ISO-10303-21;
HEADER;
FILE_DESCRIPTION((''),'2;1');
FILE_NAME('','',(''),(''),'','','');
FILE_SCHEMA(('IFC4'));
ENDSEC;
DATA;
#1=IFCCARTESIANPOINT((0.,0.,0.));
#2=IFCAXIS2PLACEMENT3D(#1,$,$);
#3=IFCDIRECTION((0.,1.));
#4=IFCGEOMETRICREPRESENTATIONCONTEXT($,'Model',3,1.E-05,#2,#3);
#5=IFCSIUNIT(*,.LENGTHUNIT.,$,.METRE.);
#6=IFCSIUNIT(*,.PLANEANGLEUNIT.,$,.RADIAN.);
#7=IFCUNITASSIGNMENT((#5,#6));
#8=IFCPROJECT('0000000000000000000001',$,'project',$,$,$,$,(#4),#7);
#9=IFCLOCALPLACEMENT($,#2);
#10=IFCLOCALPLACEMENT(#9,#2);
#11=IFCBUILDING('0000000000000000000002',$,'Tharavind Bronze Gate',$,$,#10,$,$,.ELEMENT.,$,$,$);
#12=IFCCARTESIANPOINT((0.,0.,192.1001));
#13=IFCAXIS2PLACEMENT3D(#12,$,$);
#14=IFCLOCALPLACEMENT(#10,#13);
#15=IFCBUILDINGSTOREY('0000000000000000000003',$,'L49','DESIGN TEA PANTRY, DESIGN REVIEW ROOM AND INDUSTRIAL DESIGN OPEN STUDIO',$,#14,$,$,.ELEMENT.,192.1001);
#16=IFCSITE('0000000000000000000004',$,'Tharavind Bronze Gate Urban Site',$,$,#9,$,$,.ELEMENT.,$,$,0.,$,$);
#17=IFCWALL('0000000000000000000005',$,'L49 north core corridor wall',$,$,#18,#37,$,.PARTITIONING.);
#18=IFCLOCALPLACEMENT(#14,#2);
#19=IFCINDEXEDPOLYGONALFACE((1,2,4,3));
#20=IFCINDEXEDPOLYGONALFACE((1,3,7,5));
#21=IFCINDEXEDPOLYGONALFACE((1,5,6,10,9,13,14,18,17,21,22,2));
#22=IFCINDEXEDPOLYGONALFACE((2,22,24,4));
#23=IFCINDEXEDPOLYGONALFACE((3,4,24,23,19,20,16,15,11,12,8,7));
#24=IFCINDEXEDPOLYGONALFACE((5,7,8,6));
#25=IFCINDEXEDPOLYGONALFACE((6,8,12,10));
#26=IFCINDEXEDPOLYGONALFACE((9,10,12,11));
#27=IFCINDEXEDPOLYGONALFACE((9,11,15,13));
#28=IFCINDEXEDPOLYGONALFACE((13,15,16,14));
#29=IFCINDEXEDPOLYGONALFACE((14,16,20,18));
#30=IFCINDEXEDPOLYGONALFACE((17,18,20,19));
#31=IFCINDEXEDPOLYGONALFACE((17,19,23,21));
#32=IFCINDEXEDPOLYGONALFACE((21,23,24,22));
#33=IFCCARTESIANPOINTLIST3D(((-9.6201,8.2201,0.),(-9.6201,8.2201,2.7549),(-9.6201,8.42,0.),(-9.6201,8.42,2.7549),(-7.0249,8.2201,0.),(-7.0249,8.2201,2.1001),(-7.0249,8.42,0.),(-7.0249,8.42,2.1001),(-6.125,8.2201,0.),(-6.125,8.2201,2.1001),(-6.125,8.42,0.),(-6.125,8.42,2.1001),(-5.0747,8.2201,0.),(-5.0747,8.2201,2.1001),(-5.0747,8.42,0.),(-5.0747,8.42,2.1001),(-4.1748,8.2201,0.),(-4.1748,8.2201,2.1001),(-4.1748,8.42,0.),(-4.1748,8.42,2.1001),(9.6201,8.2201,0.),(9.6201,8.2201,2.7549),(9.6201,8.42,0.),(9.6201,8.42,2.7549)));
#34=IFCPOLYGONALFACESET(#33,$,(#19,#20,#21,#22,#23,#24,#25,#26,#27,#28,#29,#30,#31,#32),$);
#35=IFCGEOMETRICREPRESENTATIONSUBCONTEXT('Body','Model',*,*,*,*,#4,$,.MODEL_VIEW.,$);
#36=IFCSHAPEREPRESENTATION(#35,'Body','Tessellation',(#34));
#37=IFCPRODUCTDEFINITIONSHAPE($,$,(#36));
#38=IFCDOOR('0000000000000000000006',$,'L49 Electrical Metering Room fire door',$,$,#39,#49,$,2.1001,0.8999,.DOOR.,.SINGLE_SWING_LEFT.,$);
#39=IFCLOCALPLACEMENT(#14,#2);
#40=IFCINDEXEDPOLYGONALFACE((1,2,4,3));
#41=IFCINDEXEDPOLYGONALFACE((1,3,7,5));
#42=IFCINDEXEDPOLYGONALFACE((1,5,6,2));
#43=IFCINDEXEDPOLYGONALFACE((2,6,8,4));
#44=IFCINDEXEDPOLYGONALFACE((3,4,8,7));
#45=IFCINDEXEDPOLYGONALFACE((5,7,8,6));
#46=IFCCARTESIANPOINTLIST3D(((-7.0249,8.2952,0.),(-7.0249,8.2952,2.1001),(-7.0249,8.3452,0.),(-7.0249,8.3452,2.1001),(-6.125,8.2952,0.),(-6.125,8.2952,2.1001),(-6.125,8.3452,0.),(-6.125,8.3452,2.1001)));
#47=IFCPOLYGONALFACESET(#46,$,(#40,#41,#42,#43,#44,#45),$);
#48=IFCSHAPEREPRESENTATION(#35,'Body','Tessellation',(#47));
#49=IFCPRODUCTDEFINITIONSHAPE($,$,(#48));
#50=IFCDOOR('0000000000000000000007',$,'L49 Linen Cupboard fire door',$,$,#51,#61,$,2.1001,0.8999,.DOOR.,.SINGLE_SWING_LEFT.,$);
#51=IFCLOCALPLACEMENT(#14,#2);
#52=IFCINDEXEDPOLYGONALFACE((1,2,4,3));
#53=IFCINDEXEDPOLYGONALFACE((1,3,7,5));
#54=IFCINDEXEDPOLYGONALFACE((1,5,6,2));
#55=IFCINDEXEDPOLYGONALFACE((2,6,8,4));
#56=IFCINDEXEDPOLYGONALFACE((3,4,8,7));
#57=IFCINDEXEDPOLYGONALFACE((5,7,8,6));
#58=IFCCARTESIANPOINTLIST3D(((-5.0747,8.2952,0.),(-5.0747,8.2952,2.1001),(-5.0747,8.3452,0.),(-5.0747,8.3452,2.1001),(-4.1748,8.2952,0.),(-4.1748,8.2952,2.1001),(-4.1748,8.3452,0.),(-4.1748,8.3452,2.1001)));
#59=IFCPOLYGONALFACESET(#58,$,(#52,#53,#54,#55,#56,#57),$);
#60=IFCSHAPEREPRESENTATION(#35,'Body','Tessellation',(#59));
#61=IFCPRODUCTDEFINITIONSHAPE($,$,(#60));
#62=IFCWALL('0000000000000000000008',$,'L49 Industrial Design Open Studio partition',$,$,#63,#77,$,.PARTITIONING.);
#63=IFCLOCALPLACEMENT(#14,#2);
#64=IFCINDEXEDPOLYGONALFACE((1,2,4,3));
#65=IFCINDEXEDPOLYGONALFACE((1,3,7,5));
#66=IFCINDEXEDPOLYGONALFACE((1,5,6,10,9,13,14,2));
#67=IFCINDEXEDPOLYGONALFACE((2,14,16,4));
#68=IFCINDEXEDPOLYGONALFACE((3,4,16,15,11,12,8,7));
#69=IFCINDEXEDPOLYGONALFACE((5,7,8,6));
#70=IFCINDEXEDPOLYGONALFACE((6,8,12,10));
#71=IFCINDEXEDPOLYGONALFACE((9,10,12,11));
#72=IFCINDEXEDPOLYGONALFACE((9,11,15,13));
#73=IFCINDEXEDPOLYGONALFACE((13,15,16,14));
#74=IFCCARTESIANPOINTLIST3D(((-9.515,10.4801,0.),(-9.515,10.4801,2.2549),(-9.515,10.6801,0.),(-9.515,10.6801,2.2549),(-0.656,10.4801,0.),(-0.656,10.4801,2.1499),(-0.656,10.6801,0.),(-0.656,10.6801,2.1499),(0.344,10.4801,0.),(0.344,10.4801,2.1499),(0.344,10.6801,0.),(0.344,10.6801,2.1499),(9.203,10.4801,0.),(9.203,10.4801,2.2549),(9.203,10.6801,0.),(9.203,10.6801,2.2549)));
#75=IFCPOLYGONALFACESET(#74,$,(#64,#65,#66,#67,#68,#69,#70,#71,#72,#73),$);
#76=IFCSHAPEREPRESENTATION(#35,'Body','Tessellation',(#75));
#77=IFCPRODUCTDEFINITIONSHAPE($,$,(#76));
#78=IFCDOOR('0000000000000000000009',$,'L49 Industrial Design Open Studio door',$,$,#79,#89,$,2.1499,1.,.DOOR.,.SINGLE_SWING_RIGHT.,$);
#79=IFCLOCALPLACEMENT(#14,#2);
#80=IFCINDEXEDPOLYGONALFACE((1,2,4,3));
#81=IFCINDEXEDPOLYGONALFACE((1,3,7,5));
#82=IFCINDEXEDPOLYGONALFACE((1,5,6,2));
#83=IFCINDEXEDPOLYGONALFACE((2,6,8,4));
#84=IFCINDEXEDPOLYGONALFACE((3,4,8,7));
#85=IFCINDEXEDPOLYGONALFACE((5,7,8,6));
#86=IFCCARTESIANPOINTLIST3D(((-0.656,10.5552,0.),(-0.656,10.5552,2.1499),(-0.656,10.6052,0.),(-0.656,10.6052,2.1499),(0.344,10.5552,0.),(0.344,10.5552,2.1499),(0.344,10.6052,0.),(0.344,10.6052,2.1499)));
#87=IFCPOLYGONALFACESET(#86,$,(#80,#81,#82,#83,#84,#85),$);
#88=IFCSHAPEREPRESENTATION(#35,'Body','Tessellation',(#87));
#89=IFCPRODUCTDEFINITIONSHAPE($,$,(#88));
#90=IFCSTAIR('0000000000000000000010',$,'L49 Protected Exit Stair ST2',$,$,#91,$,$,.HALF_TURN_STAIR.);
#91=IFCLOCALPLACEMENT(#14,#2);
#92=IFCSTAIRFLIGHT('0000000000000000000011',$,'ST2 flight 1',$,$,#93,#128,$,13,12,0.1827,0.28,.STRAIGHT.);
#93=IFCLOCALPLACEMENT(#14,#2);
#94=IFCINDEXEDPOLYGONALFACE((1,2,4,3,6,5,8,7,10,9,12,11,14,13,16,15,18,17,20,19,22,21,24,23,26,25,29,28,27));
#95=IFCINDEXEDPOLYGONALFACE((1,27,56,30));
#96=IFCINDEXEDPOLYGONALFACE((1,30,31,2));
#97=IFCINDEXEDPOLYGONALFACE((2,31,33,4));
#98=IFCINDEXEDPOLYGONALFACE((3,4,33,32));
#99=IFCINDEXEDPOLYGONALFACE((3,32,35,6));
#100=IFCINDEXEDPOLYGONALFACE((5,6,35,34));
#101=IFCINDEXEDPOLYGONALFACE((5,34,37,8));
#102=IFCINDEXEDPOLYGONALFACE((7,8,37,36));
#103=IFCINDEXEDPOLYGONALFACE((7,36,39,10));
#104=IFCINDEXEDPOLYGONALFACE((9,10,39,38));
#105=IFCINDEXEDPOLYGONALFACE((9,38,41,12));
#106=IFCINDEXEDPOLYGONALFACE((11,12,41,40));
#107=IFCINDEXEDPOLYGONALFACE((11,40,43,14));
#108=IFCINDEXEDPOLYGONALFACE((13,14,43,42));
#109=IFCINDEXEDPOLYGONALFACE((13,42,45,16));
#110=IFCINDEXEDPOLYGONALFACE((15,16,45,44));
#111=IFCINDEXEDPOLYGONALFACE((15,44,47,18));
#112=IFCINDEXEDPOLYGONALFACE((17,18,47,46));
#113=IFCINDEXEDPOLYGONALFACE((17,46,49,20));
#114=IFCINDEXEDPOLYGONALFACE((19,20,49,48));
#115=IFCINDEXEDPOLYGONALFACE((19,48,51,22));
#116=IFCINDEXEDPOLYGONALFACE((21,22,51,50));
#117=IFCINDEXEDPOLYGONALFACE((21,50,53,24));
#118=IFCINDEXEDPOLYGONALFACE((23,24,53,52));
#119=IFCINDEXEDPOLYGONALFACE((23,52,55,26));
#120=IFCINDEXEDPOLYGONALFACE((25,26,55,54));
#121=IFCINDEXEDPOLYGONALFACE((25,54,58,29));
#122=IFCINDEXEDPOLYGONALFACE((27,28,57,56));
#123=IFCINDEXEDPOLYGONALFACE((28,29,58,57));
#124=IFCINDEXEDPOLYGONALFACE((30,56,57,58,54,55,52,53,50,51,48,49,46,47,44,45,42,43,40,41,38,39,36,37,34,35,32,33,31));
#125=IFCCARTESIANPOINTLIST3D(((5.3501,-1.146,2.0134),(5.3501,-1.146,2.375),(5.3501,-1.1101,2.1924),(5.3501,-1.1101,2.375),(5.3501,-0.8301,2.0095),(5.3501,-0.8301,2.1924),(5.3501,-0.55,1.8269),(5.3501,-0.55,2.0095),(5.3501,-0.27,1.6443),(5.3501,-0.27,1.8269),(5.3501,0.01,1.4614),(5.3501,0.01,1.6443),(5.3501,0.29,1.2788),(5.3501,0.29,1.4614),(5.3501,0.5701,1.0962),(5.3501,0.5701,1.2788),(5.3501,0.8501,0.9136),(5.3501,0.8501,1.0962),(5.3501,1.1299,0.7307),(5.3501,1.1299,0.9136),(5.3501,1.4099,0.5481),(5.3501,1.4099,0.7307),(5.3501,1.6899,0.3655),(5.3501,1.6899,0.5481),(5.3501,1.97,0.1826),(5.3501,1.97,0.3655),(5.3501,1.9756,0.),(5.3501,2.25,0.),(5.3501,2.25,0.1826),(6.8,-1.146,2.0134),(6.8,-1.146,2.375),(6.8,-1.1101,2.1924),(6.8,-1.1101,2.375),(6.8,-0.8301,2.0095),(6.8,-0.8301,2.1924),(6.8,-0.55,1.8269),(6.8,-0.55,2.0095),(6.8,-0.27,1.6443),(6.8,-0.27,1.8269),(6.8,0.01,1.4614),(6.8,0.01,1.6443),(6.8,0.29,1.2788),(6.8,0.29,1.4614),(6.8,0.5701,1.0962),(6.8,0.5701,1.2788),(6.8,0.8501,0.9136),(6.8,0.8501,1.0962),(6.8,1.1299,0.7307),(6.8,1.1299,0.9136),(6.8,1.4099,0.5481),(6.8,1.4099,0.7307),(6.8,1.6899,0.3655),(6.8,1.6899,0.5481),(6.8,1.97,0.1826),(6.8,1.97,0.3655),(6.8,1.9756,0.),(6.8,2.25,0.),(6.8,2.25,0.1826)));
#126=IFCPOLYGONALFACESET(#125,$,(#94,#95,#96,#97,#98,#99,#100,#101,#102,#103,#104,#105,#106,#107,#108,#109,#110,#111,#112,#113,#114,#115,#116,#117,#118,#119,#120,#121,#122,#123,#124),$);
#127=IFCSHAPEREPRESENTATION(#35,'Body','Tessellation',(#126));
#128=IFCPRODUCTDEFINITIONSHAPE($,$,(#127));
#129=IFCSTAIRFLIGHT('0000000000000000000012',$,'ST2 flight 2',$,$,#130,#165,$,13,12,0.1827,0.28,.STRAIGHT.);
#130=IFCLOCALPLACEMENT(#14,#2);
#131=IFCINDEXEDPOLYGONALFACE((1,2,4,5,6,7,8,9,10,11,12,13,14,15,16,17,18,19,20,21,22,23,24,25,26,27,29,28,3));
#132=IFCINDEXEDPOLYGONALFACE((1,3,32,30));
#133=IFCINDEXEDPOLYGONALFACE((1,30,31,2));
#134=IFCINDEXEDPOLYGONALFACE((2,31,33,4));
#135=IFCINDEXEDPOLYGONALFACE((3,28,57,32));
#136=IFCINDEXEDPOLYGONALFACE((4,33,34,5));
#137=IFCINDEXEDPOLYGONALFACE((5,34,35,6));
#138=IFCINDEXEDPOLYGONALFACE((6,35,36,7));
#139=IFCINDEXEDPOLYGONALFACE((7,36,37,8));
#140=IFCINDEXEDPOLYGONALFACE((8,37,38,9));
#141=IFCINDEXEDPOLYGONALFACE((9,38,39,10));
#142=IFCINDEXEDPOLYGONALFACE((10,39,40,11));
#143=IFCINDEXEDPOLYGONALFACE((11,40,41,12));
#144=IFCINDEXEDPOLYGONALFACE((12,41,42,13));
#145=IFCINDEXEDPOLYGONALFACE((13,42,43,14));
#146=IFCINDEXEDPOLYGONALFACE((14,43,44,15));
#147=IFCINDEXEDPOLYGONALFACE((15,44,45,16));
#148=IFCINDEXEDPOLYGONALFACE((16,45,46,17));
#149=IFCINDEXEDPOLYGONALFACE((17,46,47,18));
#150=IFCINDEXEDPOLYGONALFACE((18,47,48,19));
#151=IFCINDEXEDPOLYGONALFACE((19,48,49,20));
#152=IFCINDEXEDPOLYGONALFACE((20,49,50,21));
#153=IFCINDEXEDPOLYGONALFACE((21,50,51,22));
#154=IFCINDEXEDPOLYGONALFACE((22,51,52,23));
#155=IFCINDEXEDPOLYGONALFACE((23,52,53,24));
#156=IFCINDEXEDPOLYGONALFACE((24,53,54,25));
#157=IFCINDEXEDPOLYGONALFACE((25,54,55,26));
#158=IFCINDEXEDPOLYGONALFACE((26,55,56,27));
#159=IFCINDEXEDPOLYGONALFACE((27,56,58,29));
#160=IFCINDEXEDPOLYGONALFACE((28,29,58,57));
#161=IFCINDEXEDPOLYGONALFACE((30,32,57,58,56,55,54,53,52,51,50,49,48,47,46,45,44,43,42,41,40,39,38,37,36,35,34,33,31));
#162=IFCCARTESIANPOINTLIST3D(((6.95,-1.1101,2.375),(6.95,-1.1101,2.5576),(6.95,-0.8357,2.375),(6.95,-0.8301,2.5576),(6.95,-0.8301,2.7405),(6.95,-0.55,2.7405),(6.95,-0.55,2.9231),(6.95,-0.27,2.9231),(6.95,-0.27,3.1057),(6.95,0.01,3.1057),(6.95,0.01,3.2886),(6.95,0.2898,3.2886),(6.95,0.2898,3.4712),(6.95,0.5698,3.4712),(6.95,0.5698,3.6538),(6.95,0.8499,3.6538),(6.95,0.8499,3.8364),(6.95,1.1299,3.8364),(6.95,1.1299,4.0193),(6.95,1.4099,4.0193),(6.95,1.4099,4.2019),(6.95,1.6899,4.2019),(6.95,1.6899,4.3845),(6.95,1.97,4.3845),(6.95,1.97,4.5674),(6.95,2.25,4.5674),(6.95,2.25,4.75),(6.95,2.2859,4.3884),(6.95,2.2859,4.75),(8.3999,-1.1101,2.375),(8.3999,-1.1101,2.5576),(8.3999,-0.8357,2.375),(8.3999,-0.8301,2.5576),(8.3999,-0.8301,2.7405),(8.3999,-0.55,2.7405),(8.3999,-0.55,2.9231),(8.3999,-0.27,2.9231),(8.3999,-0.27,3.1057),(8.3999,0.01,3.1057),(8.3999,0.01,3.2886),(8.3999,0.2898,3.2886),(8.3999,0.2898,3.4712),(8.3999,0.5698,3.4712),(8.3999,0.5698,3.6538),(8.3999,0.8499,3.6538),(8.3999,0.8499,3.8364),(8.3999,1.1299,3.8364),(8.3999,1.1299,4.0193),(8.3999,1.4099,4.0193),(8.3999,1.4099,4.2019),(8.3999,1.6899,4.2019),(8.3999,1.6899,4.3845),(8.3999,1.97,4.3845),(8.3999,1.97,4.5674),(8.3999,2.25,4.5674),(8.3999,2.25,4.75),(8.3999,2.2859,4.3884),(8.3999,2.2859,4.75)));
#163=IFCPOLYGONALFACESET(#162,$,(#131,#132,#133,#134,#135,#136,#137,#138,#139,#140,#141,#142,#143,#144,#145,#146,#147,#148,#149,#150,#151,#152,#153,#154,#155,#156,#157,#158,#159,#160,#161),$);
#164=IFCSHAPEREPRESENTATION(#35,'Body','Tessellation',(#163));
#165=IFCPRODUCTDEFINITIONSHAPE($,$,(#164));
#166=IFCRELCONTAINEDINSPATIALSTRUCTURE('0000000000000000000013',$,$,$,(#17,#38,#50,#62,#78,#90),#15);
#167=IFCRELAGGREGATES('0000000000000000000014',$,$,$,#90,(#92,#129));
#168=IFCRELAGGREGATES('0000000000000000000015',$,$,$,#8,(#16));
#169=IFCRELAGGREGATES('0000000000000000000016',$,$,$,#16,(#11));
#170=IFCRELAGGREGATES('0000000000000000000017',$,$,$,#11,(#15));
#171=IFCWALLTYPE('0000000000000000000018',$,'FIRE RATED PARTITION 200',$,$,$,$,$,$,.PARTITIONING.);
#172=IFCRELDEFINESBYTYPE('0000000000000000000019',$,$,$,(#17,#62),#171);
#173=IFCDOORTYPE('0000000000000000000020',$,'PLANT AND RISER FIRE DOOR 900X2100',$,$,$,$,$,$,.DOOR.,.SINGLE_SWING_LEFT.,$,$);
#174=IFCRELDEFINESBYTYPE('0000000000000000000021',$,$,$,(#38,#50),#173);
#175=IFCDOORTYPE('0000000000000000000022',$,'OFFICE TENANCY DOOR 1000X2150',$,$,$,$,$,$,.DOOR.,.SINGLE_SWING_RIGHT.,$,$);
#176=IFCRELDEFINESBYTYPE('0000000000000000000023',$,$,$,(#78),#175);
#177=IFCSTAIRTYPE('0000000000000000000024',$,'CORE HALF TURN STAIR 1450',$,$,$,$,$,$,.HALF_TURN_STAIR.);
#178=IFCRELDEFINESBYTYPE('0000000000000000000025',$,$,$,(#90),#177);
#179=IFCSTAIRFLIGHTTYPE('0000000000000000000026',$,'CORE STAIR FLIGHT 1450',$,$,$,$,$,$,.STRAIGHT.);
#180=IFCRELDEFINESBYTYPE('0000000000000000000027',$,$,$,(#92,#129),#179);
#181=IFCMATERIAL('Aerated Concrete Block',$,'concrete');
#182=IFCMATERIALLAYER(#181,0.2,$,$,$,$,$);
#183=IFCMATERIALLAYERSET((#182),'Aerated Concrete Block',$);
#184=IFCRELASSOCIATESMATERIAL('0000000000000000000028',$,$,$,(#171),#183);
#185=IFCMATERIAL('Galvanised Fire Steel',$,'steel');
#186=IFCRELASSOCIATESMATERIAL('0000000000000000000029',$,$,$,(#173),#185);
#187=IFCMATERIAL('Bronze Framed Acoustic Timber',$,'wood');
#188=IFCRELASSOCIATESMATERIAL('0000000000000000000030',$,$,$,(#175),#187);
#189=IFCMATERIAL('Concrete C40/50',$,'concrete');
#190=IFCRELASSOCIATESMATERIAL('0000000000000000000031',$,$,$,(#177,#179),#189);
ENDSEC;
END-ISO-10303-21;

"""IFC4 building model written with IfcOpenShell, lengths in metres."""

from ifc_helpers import new_model, si_unit, direction, frame, frame_2d, origin, place, context, subcontext, project, spatial, polyline, rectangle, outline, extrude, material, layer, layer_set, type_object, element, fill, aggregate, save


model = new_model("IFC4")

# Units and contexts
model_context = context("Model", 3, precision=1e-05, world=origin(), true_north=direction((0.0, 1.0)))
body_context = subcontext(model_context, "Body", "Model", "MODEL_VIEW")
ifc_project = project(units=[si_unit("LENGTHUNIT", "METRE"), si_unit("PLANEANGLEUNIT", "RADIAN")], contexts=[model_context])

# Site, building, storey
site_placement = place(None, origin())
site = spatial("IfcSite", under=ifc_project, at=site_placement, Name="Tharavind Bronze Gate Urban Site", CompositionType="ELEMENT", RefElevation=0.0)
building_placement = place(site_placement, origin())
building = spatial("IfcBuilding", under=site, at=building_placement, Name="Tharavind Bronze Gate", CompositionType="ELEMENT")
storey_placement = place(building_placement, frame((0.0, 0.0, 192.1001)))
storey = spatial("IfcBuildingStorey", under=building, at=storey_placement, Name="L49", Description="DESIGN TEA PANTRY, DESIGN REVIEW ROOM AND INDUSTRIAL DESIGN OPEN STUDIO", CompositionType="ELEMENT", Elevation=192.1001)

# Wall, openings, doors
ifc_material_1 = material(Name="Aerated Concrete Block", Category="concrete")
ifc_layer_1 = layer(ifc_material_1, 0.2)
ifc_layer_set_1 = layer_set([ifc_layer_1], Name="Aerated Concrete Block")
wall_type_1 = type_object("IfcWallType", Name="FIRE RATED PARTITION 200", PredefinedType="PARTITIONING", material=ifc_layer_set_1)
wall_1_placement = place(storey_placement, frame((9.6201, 8.3201, 0.0), z_axis=(0.0, 0.0, 1.0), x_axis=(-1.0, 0.0, 0.0)))
wall_1 = element("IfcWall", 1, at=wall_1_placement, inside=storey, type_object=wall_type_1, Name="L49 north core corridor wall", PredefinedType="PARTITIONING", context=body_context, shape_type="SweptSolid", body=[
    extrude(rectangle(XDim=19.2402, YDim=0.2, at=frame_2d((9.6201, 0.0))), origin(), (0.0, 0.0, 1.0), 2.7549),
])
opening_1_placement = place(wall_1_placement, frame((15.7451, 0.0, 0.0)))
opening_1 = element("IfcOpeningElement", 2, at=opening_1_placement, cuts=wall_1, PredefinedType="OPENING", context=body_context, shape_type="SweptSolid", body=[
    extrude(rectangle(XDim=0.8999, YDim=2.1001, at=frame_2d((0.45, 1.05))), frame((0.0, 0.1101, 0.0), z_axis=(0.0, -1.0, 0.0), x_axis=(1.0, 0.0, 0.0)), (0.0, 0.0, 1.0), 0.22),
])
opening_2_placement = place(wall_1_placement, frame((13.7949, 0.0, 0.0)))
opening_2 = element("IfcOpeningElement", 3, at=opening_2_placement, cuts=wall_1, PredefinedType="OPENING", context=body_context, shape_type="SweptSolid", body=[
    extrude(rectangle(XDim=0.8999, YDim=2.1001, at=frame_2d((0.45, 1.05))), frame((0.0, 0.1101, 0.0), z_axis=(0.0, -1.0, 0.0), x_axis=(1.0, 0.0, 0.0)), (0.0, 0.0, 1.0), 0.22),
])
ifc_material_2 = material(Name="Galvanised Fire Steel", Category="steel")
door_type_1 = type_object("IfcDoorType", Name="PLANT AND RISER FIRE DOOR 900X2100", OperationType="SINGLE_SWING_LEFT", PredefinedType="DOOR", material=ifc_material_2)
door_1_placement = place(opening_1_placement, origin())
door_1 = element("IfcDoor", 4, at=door_1_placement, inside=storey, type_object=door_type_1, Name="L49 Electrical Metering Room fire door", OperationType="SINGLE_SWING_LEFT", OverallHeight=2.1001, OverallWidth=0.8999, PredefinedType="DOOR", context=body_context, shape_type="SweptSolid", body=[
    extrude(rectangle(XDim=0.8999, YDim=2.1001, at=frame_2d((0.45, 1.05))), frame((0.0, 0.0249, 0.0), z_axis=(0.0, -1.0, 0.0), x_axis=(1.0, 0.0, 0.0)), (0.0, 0.0, 1.0), 0.05),
])
fill(opening_1, door_1)
door_2_placement = place(opening_2_placement, origin())
door_2 = element("IfcDoor", 5, at=door_2_placement, inside=storey, type_object=door_type_1, Name="L49 Linen Cupboard fire door", OperationType="SINGLE_SWING_LEFT", OverallHeight=2.1001, OverallWidth=0.8999, PredefinedType="DOOR", context=body_context, shape_type="SweptSolid", body=[
    extrude(rectangle(XDim=0.8999, YDim=2.1001, at=frame_2d((0.45, 1.05))), frame((0.0, 0.0249, 0.0), z_axis=(0.0, -1.0, 0.0), x_axis=(1.0, 0.0, 0.0)), (0.0, 0.0, 1.0), 0.05),
])
fill(opening_2, door_2)

# Wall, opening, door
wall_2_placement = place(storey_placement, frame((9.2029, 10.5801, 0.0), z_axis=(0.0, 0.0, 1.0), x_axis=(-1.0, 0.0, 0.0)))
wall_2 = element("IfcWall", 6, at=wall_2_placement, inside=storey, type_object=wall_type_1, Name="L49 Industrial Design Open Studio partition", PredefinedType="PARTITIONING", context=body_context, shape_type="SweptSolid", body=[
    extrude(rectangle(XDim=18.718, YDim=0.2, at=frame_2d((9.3589, 0.0))), origin(), (0.0, 0.0, 1.0), 2.2549),
])
opening_3_placement = place(wall_2_placement, frame((8.8589, 0.0, 0.0)))
opening_3 = element("IfcOpeningElement", 7, at=opening_3_placement, cuts=wall_2, PredefinedType="OPENING", context=body_context, shape_type="SweptSolid", body=[
    extrude(rectangle(XDim=1.0, YDim=2.1499, at=frame_2d((0.5, 1.075))), frame((0.0, 0.1101, 0.0), z_axis=(0.0, -1.0, 0.0), x_axis=(1.0, 0.0, 0.0)), (0.0, 0.0, 1.0), 0.22),
])
ifc_material_3 = material(Name="Bronze Framed Acoustic Timber", Category="wood")
door_type_2 = type_object("IfcDoorType", Name="OFFICE TENANCY DOOR 1000X2150", OperationType="SINGLE_SWING_RIGHT", PredefinedType="DOOR", material=ifc_material_3)
door_3_placement = place(opening_3_placement, origin())
door_3 = element("IfcDoor", 8, at=door_3_placement, inside=storey, type_object=door_type_2, Name="L49 Industrial Design Open Studio door", OperationType="SINGLE_SWING_RIGHT", OverallHeight=2.1499, OverallWidth=1.0, PredefinedType="DOOR", context=body_context, shape_type="SweptSolid", body=[
    extrude(rectangle(XDim=1.0, YDim=2.1499, at=frame_2d((0.5, 1.075))), frame((0.0, 0.0249, 0.0), z_axis=(0.0, -1.0, 0.0), x_axis=(1.0, 0.0, 0.0)), (0.0, 0.0, 1.0), 0.05),
])
fill(opening_3, door_3)

# Stair, stair flights
ifc_material_4 = material(Name="Concrete C40/50", Category="concrete")
stair_type = type_object("IfcStairType", Name="CORE HALF TURN STAIR 1450", PredefinedType="HALF_TURN_STAIR", material=ifc_material_4)
stair_placement = place(storey_placement, origin())
stair = element("IfcStair", 9, at=stair_placement, inside=storey, type_object=stair_type, Name="L49 Protected Exit Stair ST2", PredefinedType="HALF_TURN_STAIR")
stair_flight_type = type_object("IfcStairFlightType", Name="CORE STAIR FLIGHT 1450", PredefinedType="STRAIGHT", material=ifc_material_4)
stair_flight_1_placement = place(storey_placement, frame((6.075, 2.25, 0.0), z_axis=(0.0, 0.0, 1.0), x_axis=(0.0, -1.0, 0.0)))
stair_flight_1 = element("IfcStairFlight", 10, at=stair_flight_1_placement, type_object=stair_flight_type, Name="ST2 flight 1", NumberOfRisers=13, NumberOfTreads=12, PredefinedType="STRAIGHT", RiserHeight=0.1827, TreadLength=0.28, context=body_context, shape_type="SweptSolid", body=[
    extrude(outline(polyline([(0.0, 0.0), (0.0, 0.1826), (0.28, 0.1826), (0.28, 0.3655), (0.5601, 0.3655), (0.5601, 0.5481), (0.8401, 0.5481), (0.8401, 0.7307), (1.1201, 0.7307), (1.1201, 0.9136), (1.3999, 0.9136), (1.3999, 1.0962), (1.6799, 1.0962), (1.6799, 1.2788), (1.96, 1.2788), (1.96, 1.4614), (2.24, 1.4614), (2.24, 1.6443), (2.52, 1.6443), (2.52, 1.8269), (2.8, 1.8269), (2.8, 2.0095), (3.0801, 2.0095), (3.0801, 2.1924), (3.3601, 2.1924), (3.3601, 2.375), (3.396, 2.375), (3.396, 2.0134), (0.2744, 0.0), (0.0, 0.0)])), frame((0.0, 0.7251, 0.0), z_axis=(0.0, -1.0, 0.0), x_axis=(1.0, 0.0, 0.0)), (0.0, 0.0, 1.0), 1.45),
])
stair_flight_2_placement = place(storey_placement, frame((7.675, -1.1101, 2.375), z_axis=(0.0, 0.0, 1.0), x_axis=(0.0, 1.0, 0.0)))
stair_flight_2 = element("IfcStairFlight", 11, at=stair_flight_2_placement, type_object=stair_flight_type, Name="ST2 flight 2", NumberOfRisers=13, NumberOfTreads=12, PredefinedType="STRAIGHT", RiserHeight=0.1827, TreadLength=0.28, context=body_context, shape_type="SweptSolid", body=[
    extrude(outline(polyline([(0.0, 0.0), (0.0, 0.1826), (0.28, 0.1826), (0.28, 0.3655), (0.5601, 0.3655), (0.5601, 0.5481), (0.8401, 0.5481), (0.8401, 0.7307), (1.1201, 0.7307), (1.1201, 0.9136), (1.3999, 0.9136), (1.3999, 1.0962), (1.6799, 1.0962), (1.6799, 1.2788), (1.96, 1.2788), (1.96, 1.4614), (2.24, 1.4614), (2.24, 1.6443), (2.52, 1.6443), (2.52, 1.8269), (2.8, 1.8269), (2.8, 2.0095), (3.0801, 2.0095), (3.0801, 2.1924), (3.3601, 2.1924), (3.3601, 2.375), (3.396, 2.375), (3.396, 2.0134), (0.2744, 0.0), (0.0, 0.0)])), frame((0.0, 0.7251, 0.0), z_axis=(0.0, -1.0, 0.0), x_axis=(1.0, 0.0, 0.0)), (0.0, 0.0, 1.0), 1.45),
])
aggregate(stair, [stair_flight_1, stair_flight_2])

save(model, "model.ifc")
